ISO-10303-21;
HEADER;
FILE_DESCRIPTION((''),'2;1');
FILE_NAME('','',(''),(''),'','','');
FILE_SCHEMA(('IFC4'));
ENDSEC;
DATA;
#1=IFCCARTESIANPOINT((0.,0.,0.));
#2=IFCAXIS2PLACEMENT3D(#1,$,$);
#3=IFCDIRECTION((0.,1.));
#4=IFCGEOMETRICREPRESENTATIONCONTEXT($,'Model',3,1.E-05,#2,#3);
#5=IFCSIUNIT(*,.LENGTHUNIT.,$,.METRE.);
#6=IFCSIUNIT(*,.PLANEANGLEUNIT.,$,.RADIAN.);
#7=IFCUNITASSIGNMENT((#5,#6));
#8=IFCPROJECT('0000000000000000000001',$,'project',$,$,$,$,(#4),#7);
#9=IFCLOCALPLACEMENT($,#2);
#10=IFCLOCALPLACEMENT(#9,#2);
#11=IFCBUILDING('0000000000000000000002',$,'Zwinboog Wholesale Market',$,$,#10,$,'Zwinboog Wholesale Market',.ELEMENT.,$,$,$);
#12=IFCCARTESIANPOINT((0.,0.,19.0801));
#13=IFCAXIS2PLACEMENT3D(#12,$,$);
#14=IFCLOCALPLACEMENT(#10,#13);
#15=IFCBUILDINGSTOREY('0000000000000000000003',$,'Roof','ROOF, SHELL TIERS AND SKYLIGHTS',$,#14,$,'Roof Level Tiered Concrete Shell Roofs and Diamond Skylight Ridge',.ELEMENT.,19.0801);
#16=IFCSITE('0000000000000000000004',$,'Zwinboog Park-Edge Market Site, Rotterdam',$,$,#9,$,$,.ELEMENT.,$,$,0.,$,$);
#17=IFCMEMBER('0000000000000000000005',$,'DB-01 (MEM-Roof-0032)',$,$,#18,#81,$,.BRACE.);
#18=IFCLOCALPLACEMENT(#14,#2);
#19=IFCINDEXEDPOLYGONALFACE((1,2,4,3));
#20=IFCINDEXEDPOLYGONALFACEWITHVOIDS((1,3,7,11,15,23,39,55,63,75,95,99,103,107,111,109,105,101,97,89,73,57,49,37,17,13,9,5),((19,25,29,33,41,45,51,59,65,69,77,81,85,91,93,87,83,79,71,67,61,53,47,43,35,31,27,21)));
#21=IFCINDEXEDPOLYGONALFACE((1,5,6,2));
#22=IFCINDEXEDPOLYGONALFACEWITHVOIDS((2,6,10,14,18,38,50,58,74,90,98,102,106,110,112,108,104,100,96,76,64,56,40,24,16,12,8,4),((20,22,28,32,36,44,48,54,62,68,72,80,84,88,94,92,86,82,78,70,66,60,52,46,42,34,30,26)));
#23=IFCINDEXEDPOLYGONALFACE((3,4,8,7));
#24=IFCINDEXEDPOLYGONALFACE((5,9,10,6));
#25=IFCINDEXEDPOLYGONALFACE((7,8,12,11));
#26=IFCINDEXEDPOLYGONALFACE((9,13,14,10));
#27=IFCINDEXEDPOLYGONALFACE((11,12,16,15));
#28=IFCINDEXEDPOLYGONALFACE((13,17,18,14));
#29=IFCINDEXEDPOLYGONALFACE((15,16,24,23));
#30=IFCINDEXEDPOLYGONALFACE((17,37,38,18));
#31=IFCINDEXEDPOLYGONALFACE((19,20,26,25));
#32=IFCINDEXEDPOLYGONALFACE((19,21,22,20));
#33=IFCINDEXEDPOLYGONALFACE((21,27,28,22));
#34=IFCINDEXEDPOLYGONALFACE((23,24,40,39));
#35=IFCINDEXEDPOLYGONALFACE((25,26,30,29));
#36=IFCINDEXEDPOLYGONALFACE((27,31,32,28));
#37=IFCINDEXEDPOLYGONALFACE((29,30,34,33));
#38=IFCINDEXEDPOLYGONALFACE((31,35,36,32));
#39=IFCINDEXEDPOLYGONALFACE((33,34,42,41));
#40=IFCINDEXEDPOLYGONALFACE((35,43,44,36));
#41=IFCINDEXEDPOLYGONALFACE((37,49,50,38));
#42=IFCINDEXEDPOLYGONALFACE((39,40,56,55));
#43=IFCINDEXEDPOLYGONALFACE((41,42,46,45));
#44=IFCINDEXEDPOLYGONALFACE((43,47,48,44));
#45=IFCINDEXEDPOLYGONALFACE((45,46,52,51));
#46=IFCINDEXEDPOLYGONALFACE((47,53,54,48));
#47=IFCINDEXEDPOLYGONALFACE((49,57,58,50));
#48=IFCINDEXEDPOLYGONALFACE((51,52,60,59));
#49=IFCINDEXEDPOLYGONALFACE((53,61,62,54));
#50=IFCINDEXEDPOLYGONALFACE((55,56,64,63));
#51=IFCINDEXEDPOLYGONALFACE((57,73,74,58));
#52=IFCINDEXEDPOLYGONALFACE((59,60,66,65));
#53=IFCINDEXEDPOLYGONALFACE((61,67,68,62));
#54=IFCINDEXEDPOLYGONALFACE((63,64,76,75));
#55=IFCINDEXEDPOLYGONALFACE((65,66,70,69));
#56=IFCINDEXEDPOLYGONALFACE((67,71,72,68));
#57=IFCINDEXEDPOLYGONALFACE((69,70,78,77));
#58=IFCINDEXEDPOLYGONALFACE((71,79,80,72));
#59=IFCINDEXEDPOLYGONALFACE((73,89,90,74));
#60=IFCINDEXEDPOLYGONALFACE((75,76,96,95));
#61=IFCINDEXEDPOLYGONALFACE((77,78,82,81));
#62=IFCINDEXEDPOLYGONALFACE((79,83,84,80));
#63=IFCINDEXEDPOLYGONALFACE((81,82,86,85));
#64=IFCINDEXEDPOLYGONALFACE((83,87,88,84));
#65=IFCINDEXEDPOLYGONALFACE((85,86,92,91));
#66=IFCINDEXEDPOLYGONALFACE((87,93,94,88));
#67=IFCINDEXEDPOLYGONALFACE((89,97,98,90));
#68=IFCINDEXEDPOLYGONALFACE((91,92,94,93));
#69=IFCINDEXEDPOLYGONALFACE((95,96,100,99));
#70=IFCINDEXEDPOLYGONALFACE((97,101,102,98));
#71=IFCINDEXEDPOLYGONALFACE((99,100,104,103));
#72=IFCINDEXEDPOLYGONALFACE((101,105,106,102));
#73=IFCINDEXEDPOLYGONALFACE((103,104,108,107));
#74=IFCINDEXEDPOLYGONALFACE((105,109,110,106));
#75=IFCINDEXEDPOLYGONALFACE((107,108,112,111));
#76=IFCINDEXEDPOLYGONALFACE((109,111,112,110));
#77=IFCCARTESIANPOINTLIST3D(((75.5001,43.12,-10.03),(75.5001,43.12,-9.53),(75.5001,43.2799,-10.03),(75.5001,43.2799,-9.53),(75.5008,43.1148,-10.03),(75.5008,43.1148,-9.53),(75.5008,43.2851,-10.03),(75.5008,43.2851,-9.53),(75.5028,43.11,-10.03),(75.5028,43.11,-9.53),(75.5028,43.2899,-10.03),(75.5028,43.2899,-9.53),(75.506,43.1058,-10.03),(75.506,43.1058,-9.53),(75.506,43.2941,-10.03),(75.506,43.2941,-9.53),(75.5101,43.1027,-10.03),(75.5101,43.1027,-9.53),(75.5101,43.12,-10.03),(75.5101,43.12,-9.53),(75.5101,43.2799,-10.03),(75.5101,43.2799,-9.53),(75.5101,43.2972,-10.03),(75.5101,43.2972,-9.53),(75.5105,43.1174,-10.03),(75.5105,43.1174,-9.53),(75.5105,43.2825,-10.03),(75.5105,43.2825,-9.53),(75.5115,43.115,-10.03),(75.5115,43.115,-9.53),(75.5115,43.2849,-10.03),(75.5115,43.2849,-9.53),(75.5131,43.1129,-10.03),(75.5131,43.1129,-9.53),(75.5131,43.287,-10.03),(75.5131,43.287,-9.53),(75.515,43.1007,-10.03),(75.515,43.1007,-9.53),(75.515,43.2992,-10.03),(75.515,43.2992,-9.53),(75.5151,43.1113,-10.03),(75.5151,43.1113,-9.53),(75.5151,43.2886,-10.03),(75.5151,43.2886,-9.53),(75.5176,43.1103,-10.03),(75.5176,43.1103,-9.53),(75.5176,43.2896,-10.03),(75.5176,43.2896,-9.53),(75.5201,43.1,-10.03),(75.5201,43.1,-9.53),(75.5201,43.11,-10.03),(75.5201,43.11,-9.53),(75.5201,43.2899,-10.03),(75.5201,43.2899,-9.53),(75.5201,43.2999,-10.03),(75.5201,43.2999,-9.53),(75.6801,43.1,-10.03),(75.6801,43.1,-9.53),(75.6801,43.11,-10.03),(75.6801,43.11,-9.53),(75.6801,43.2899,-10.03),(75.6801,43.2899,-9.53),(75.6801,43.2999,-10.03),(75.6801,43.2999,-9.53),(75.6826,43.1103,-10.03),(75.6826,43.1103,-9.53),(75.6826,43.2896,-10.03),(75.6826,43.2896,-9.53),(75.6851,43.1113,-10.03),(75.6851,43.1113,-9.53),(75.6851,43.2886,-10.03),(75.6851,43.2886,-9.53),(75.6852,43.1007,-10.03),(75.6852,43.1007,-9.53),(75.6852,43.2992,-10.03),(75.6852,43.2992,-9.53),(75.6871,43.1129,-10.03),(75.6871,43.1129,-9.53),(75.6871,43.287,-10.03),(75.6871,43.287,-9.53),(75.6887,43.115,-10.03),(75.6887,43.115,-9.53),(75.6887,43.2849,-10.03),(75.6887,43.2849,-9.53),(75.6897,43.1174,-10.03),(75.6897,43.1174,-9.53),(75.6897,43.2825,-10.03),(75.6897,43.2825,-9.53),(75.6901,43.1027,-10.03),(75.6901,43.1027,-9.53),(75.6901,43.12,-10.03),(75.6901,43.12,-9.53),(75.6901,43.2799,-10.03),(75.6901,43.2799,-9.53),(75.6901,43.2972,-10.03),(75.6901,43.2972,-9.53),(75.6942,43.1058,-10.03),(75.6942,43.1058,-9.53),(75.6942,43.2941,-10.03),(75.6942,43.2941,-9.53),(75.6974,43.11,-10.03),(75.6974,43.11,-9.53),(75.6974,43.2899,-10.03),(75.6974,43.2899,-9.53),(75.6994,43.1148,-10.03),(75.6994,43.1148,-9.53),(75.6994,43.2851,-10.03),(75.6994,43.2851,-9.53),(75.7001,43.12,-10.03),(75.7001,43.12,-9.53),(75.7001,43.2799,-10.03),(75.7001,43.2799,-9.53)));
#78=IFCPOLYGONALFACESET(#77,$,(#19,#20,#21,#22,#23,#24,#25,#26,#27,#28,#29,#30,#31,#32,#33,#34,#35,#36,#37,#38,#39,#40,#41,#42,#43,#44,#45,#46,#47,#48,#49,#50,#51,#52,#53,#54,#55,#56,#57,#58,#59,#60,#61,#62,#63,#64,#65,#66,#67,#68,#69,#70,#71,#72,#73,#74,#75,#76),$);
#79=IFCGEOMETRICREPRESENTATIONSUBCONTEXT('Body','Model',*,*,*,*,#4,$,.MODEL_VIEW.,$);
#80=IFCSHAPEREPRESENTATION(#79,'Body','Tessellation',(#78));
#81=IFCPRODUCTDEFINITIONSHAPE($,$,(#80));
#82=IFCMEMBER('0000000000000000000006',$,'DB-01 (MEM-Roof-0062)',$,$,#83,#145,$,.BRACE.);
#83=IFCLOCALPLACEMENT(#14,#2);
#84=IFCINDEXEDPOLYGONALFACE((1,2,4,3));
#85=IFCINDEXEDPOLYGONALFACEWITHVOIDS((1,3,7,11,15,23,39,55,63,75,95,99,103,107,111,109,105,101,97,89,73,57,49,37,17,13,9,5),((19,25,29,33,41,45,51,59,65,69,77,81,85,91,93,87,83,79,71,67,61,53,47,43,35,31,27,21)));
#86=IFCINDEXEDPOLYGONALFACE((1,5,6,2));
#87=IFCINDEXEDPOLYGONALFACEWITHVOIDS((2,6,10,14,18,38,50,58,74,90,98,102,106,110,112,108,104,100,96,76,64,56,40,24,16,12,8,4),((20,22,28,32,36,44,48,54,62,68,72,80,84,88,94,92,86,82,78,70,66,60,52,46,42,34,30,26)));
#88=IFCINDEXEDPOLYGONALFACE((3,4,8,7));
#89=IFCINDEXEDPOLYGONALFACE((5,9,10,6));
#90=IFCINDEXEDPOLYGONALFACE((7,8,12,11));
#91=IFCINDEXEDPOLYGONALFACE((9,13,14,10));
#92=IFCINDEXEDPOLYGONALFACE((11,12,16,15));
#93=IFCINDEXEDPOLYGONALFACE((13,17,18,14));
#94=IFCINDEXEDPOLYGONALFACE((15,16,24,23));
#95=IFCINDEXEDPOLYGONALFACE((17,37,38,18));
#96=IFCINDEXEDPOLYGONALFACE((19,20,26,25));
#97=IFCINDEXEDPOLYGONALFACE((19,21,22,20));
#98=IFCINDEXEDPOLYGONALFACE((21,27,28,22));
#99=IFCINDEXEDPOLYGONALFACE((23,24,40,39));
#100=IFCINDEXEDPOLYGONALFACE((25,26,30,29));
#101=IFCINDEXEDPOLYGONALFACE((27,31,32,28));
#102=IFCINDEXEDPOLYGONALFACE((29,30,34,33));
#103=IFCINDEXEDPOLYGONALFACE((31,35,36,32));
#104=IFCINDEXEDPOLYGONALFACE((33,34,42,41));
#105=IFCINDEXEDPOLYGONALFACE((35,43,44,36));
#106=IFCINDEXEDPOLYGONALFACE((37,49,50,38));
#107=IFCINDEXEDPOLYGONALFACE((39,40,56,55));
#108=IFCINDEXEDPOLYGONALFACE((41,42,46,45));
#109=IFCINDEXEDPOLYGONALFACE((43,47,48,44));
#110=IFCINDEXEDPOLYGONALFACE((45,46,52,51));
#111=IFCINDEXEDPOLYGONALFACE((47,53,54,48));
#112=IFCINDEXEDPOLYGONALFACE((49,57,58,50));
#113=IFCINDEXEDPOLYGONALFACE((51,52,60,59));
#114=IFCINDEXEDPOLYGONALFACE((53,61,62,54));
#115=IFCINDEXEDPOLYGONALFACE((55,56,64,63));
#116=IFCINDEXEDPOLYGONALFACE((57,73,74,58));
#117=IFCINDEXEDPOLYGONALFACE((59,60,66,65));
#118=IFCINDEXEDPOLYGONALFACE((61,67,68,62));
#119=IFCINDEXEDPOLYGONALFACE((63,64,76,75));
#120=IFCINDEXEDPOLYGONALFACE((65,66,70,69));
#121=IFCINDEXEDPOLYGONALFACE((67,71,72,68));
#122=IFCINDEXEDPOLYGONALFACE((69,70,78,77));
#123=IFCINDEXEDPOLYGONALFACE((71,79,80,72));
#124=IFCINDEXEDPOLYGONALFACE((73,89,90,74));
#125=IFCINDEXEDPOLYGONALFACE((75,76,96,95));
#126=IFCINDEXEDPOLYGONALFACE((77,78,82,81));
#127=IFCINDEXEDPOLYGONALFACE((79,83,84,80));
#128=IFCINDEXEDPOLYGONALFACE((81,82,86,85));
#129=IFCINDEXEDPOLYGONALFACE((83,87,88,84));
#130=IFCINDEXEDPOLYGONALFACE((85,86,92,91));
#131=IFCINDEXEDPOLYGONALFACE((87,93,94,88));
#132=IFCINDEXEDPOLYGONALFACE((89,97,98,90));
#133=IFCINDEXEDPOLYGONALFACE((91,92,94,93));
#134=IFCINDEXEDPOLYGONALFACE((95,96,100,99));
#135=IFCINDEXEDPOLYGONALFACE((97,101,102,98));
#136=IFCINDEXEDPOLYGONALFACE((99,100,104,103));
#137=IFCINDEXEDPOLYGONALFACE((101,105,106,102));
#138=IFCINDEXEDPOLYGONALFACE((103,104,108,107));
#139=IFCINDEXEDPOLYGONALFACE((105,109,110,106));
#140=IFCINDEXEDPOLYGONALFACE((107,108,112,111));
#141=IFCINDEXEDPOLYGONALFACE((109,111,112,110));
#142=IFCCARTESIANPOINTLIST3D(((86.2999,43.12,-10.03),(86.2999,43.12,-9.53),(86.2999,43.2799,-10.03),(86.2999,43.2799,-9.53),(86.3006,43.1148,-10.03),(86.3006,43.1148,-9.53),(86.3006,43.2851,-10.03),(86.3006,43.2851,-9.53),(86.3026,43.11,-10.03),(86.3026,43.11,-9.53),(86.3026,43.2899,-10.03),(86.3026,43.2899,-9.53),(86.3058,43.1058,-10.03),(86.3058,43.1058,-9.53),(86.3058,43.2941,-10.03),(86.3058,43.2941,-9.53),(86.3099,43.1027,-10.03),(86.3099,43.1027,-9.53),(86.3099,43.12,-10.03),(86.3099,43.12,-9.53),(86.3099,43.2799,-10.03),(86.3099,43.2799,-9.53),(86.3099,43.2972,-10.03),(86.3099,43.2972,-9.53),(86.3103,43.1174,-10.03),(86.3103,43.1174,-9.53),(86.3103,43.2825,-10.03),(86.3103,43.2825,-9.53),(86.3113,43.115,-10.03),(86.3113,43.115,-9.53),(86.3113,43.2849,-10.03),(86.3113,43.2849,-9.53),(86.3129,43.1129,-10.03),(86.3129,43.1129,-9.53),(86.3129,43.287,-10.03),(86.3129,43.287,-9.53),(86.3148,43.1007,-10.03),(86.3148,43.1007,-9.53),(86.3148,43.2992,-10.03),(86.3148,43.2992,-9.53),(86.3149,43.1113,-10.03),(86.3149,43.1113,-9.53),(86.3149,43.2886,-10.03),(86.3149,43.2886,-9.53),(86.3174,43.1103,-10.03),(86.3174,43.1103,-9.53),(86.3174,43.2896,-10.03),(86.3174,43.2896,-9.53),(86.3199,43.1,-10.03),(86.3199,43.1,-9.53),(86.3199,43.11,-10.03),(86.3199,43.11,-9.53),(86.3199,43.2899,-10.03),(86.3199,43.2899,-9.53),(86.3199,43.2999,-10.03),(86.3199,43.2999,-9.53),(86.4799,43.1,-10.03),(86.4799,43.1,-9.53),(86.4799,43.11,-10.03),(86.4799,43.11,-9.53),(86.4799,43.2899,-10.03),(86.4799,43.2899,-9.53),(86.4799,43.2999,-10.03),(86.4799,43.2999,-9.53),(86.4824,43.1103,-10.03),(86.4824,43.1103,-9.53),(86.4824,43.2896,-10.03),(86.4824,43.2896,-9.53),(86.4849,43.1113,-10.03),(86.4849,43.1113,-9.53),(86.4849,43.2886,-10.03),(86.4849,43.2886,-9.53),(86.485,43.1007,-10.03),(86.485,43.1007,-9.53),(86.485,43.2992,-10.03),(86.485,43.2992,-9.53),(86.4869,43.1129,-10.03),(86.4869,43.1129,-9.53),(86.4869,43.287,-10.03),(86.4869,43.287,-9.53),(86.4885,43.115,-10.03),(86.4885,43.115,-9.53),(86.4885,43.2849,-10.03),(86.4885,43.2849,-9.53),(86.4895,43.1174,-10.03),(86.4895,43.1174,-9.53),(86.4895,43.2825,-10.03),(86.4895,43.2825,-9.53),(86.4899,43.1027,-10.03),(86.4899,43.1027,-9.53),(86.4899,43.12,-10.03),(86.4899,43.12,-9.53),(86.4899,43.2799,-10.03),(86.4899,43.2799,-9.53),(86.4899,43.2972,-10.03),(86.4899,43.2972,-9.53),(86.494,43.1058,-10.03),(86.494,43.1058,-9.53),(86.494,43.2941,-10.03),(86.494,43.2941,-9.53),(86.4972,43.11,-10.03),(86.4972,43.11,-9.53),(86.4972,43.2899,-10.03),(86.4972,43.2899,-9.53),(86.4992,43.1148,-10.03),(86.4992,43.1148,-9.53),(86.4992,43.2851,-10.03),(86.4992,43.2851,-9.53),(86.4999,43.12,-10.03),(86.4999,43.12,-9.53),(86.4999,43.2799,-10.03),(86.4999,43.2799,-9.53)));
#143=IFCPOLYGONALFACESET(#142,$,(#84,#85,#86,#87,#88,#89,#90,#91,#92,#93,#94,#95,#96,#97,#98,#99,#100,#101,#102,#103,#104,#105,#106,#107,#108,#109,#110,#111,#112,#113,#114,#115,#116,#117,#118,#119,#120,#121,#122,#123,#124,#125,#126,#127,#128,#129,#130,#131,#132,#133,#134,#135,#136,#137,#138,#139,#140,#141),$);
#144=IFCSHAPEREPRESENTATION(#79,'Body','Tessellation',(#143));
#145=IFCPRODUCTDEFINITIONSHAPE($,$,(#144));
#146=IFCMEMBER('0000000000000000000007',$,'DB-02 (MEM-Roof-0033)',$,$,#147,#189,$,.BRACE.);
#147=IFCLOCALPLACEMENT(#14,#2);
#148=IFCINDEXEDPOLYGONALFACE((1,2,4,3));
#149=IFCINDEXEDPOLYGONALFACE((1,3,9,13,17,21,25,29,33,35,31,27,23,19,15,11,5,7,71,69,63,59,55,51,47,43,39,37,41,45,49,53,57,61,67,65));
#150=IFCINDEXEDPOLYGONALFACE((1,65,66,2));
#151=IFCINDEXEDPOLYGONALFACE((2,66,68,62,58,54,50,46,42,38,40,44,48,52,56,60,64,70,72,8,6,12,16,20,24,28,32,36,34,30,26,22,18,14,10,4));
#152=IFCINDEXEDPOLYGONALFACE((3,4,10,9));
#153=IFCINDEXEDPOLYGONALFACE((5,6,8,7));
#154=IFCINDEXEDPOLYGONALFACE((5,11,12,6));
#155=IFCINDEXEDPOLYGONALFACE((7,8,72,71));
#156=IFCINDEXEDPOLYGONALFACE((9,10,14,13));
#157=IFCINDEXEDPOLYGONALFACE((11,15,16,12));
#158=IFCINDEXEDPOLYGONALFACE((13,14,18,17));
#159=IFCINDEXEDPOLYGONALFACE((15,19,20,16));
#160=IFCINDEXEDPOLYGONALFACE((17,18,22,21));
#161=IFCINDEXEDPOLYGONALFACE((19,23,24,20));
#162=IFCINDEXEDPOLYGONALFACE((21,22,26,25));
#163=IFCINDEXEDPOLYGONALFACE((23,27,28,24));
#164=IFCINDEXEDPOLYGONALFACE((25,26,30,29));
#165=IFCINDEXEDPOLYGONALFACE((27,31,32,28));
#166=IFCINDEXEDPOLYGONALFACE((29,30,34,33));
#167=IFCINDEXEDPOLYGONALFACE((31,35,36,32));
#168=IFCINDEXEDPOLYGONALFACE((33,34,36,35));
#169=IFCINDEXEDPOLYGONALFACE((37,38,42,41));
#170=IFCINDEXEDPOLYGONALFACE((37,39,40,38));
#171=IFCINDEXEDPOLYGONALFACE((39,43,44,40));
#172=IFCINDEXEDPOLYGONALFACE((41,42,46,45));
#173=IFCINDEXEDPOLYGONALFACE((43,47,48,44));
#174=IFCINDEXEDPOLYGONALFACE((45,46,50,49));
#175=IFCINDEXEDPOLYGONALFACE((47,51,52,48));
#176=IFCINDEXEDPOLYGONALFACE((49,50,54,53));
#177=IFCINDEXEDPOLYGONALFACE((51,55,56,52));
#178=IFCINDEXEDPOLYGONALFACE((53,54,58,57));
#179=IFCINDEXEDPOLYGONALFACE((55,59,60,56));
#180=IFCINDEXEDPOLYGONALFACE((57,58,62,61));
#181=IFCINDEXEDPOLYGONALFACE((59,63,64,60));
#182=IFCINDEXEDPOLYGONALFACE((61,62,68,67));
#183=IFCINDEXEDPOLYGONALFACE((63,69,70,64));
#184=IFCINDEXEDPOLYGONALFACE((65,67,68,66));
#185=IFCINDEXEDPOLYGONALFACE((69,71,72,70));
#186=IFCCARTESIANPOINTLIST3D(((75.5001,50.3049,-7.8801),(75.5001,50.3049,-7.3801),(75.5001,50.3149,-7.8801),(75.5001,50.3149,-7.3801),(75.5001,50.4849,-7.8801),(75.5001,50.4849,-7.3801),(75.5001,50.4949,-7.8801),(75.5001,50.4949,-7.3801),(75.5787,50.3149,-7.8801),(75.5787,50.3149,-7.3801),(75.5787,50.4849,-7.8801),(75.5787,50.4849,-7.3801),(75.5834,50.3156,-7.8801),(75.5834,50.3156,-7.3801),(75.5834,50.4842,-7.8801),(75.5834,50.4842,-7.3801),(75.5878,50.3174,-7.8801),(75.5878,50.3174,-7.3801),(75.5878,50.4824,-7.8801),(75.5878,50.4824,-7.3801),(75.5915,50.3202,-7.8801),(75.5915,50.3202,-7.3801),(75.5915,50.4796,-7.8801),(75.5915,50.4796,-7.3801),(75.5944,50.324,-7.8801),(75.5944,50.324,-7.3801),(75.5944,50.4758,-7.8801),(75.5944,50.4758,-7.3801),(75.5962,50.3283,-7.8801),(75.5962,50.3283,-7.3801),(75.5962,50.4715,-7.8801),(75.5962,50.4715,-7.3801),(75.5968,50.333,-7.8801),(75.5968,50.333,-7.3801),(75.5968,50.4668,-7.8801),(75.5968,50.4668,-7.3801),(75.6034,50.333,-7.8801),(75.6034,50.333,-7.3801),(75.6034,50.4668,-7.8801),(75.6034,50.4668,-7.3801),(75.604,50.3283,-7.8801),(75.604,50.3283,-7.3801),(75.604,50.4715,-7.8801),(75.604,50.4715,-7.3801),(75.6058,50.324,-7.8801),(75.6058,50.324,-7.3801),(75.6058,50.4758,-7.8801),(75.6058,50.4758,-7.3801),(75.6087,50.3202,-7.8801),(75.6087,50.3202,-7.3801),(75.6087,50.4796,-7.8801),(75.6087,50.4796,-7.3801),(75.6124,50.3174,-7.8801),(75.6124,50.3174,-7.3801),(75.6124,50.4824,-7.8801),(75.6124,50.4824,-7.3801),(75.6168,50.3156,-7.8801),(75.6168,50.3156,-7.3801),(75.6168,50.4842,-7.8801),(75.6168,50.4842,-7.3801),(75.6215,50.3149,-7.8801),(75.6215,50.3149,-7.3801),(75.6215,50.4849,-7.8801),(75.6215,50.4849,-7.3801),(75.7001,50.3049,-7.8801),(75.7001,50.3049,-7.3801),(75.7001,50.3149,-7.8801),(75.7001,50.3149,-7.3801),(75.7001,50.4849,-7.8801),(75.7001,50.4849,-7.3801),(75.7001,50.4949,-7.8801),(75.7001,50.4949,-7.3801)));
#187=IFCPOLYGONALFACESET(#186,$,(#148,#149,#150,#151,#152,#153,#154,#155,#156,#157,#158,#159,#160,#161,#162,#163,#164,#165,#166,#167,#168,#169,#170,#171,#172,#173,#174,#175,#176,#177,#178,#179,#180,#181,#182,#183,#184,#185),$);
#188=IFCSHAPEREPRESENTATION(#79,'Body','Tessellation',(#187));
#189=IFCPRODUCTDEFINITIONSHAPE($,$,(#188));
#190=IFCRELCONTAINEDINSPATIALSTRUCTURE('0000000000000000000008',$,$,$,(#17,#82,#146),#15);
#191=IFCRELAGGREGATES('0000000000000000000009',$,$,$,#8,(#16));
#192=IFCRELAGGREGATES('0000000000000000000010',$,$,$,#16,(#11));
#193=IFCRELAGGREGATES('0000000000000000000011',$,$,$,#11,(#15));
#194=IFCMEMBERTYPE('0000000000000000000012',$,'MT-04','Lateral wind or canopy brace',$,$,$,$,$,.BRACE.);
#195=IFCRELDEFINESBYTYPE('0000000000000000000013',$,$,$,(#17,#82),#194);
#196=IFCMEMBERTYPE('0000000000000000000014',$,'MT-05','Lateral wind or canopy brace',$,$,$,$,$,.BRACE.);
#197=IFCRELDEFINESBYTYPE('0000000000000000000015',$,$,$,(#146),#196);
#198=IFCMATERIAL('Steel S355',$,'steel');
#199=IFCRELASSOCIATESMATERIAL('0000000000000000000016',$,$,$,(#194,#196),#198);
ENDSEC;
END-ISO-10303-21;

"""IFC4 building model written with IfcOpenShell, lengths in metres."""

from ifc_helpers import new_model, si_unit, direction, frame, origin, origin_2d, place, context, subcontext, project, spatial, hollow_rectangle, i_section, extrude, material, material_profile, profile_set, type_object, element, save


model = new_model("IFC4")

# Units and contexts
model_context = context("Model", 3, precision=1e-05, world=origin(), true_north=direction((0.0, 1.0)))
body_context = subcontext(model_context, "Body", "Model", "MODEL_VIEW")
ifc_project = project(units=[si_unit("LENGTHUNIT", "METRE"), si_unit("PLANEANGLEUNIT", "RADIAN")], contexts=[model_context])

# Site, building, storey
site_placement = place(None, origin())
site = spatial("IfcSite", under=ifc_project, at=site_placement, Name="Zwinboog Park-Edge Market Site, Rotterdam", CompositionType="ELEMENT", RefElevation=0.0)
building_placement = place(site_placement, origin())
building = spatial("IfcBuilding", under=site, at=building_placement, Name="Zwinboog Wholesale Market", LongName="Zwinboog Wholesale Market", CompositionType="ELEMENT")
storey_placement = place(building_placement, frame((0.0, 0.0, 19.0801)))
storey = spatial("IfcBuildingStorey", under=building, at=storey_placement, Name="Roof", Description="ROOF, SHELL TIERS AND SKYLIGHTS", LongName="Roof Level Tiered Concrete Shell Roofs and Diamond Skylight Ridge", CompositionType="ELEMENT", Elevation=19.0801)

# Members
ifc_material_1 = material(Name="Steel S355", Category="steel")
ifc_material_profile_1 = material_profile(ifc_material_1, hollow_rectangle(XDim=0.2, YDim=0.2, WallThickness=0.01, InnerFilletRadius=0.01, OuterFilletRadius=0.02, at=origin_2d()), Name="SHS 200x200x10")
ifc_profile_set_1 = profile_set([ifc_material_profile_1], Name="Steel S355")
member_type_1 = type_object("IfcMemberType", Name="MT-04", Description="Lateral wind or canopy brace", PredefinedType="BRACE", material=ifc_profile_set_1)
for number, where, z_axis, x_axis, name in (
    (1, (75.6001, 43.2, -10.03), (0.0, 0.0, 1.0), (1.0, 0.0, 0.0), "DB-01 (MEM-Roof-0032)"),
    (2, (86.3999, 43.2, -10.03), (0.0, 0.0, 1.0), (1.0, 0.0, 0.0), "DB-01 (MEM-Roof-0062)"),
):
    element("IfcMember", number, at=place(storey_placement, frame(where, z_axis=z_axis, x_axis=x_axis)), inside=storey, type_object=member_type_1, Name=name, PredefinedType="BRACE", context=body_context, shape_type="SweptSolid", body=[
        extrude(hollow_rectangle(XDim=0.2, YDim=0.2, WallThickness=0.01, InnerFilletRadius=0.01, OuterFilletRadius=0.02, at=origin_2d()), origin(), (0.0, 0.0, 1.0), 0.5),
    ])
ifc_material_profile_2 = material_profile(ifc_material_1, i_section(OverallWidth=0.2, OverallDepth=0.1899, WebThickness=0.0066, FlangeThickness=0.01, FilletRadius=0.0181, at=origin_2d()), Name="HEA 200")
ifc_profile_set_2 = profile_set([ifc_material_profile_2], Name="Steel S355")
member_type_2 = type_object("IfcMemberType", Name="MT-05", Description="Lateral wind or canopy brace", PredefinedType="BRACE", material=ifc_profile_set_2)
for number, where, z_axis, x_axis, name in (
    (3, (75.6001, 50.3999, -7.8801), (0.0, 0.0, 1.0), (1.0, 0.0, 0.0), "DB-02 (MEM-Roof-0033)"),
):
    element("IfcMember", number, at=place(storey_placement, frame(where, z_axis=z_axis, x_axis=x_axis)), inside=storey, type_object=member_type_2, Name=name, PredefinedType="BRACE", context=body_context, shape_type="SweptSolid", body=[
        extrude(i_section(OverallWidth=0.2, OverallDepth=0.1899, WebThickness=0.0066, FlangeThickness=0.01, FilletRadius=0.0181, at=origin_2d()), origin(), (0.0, 0.0, 1.0), 0.5),
    ])

save(model, "model.ifc")
